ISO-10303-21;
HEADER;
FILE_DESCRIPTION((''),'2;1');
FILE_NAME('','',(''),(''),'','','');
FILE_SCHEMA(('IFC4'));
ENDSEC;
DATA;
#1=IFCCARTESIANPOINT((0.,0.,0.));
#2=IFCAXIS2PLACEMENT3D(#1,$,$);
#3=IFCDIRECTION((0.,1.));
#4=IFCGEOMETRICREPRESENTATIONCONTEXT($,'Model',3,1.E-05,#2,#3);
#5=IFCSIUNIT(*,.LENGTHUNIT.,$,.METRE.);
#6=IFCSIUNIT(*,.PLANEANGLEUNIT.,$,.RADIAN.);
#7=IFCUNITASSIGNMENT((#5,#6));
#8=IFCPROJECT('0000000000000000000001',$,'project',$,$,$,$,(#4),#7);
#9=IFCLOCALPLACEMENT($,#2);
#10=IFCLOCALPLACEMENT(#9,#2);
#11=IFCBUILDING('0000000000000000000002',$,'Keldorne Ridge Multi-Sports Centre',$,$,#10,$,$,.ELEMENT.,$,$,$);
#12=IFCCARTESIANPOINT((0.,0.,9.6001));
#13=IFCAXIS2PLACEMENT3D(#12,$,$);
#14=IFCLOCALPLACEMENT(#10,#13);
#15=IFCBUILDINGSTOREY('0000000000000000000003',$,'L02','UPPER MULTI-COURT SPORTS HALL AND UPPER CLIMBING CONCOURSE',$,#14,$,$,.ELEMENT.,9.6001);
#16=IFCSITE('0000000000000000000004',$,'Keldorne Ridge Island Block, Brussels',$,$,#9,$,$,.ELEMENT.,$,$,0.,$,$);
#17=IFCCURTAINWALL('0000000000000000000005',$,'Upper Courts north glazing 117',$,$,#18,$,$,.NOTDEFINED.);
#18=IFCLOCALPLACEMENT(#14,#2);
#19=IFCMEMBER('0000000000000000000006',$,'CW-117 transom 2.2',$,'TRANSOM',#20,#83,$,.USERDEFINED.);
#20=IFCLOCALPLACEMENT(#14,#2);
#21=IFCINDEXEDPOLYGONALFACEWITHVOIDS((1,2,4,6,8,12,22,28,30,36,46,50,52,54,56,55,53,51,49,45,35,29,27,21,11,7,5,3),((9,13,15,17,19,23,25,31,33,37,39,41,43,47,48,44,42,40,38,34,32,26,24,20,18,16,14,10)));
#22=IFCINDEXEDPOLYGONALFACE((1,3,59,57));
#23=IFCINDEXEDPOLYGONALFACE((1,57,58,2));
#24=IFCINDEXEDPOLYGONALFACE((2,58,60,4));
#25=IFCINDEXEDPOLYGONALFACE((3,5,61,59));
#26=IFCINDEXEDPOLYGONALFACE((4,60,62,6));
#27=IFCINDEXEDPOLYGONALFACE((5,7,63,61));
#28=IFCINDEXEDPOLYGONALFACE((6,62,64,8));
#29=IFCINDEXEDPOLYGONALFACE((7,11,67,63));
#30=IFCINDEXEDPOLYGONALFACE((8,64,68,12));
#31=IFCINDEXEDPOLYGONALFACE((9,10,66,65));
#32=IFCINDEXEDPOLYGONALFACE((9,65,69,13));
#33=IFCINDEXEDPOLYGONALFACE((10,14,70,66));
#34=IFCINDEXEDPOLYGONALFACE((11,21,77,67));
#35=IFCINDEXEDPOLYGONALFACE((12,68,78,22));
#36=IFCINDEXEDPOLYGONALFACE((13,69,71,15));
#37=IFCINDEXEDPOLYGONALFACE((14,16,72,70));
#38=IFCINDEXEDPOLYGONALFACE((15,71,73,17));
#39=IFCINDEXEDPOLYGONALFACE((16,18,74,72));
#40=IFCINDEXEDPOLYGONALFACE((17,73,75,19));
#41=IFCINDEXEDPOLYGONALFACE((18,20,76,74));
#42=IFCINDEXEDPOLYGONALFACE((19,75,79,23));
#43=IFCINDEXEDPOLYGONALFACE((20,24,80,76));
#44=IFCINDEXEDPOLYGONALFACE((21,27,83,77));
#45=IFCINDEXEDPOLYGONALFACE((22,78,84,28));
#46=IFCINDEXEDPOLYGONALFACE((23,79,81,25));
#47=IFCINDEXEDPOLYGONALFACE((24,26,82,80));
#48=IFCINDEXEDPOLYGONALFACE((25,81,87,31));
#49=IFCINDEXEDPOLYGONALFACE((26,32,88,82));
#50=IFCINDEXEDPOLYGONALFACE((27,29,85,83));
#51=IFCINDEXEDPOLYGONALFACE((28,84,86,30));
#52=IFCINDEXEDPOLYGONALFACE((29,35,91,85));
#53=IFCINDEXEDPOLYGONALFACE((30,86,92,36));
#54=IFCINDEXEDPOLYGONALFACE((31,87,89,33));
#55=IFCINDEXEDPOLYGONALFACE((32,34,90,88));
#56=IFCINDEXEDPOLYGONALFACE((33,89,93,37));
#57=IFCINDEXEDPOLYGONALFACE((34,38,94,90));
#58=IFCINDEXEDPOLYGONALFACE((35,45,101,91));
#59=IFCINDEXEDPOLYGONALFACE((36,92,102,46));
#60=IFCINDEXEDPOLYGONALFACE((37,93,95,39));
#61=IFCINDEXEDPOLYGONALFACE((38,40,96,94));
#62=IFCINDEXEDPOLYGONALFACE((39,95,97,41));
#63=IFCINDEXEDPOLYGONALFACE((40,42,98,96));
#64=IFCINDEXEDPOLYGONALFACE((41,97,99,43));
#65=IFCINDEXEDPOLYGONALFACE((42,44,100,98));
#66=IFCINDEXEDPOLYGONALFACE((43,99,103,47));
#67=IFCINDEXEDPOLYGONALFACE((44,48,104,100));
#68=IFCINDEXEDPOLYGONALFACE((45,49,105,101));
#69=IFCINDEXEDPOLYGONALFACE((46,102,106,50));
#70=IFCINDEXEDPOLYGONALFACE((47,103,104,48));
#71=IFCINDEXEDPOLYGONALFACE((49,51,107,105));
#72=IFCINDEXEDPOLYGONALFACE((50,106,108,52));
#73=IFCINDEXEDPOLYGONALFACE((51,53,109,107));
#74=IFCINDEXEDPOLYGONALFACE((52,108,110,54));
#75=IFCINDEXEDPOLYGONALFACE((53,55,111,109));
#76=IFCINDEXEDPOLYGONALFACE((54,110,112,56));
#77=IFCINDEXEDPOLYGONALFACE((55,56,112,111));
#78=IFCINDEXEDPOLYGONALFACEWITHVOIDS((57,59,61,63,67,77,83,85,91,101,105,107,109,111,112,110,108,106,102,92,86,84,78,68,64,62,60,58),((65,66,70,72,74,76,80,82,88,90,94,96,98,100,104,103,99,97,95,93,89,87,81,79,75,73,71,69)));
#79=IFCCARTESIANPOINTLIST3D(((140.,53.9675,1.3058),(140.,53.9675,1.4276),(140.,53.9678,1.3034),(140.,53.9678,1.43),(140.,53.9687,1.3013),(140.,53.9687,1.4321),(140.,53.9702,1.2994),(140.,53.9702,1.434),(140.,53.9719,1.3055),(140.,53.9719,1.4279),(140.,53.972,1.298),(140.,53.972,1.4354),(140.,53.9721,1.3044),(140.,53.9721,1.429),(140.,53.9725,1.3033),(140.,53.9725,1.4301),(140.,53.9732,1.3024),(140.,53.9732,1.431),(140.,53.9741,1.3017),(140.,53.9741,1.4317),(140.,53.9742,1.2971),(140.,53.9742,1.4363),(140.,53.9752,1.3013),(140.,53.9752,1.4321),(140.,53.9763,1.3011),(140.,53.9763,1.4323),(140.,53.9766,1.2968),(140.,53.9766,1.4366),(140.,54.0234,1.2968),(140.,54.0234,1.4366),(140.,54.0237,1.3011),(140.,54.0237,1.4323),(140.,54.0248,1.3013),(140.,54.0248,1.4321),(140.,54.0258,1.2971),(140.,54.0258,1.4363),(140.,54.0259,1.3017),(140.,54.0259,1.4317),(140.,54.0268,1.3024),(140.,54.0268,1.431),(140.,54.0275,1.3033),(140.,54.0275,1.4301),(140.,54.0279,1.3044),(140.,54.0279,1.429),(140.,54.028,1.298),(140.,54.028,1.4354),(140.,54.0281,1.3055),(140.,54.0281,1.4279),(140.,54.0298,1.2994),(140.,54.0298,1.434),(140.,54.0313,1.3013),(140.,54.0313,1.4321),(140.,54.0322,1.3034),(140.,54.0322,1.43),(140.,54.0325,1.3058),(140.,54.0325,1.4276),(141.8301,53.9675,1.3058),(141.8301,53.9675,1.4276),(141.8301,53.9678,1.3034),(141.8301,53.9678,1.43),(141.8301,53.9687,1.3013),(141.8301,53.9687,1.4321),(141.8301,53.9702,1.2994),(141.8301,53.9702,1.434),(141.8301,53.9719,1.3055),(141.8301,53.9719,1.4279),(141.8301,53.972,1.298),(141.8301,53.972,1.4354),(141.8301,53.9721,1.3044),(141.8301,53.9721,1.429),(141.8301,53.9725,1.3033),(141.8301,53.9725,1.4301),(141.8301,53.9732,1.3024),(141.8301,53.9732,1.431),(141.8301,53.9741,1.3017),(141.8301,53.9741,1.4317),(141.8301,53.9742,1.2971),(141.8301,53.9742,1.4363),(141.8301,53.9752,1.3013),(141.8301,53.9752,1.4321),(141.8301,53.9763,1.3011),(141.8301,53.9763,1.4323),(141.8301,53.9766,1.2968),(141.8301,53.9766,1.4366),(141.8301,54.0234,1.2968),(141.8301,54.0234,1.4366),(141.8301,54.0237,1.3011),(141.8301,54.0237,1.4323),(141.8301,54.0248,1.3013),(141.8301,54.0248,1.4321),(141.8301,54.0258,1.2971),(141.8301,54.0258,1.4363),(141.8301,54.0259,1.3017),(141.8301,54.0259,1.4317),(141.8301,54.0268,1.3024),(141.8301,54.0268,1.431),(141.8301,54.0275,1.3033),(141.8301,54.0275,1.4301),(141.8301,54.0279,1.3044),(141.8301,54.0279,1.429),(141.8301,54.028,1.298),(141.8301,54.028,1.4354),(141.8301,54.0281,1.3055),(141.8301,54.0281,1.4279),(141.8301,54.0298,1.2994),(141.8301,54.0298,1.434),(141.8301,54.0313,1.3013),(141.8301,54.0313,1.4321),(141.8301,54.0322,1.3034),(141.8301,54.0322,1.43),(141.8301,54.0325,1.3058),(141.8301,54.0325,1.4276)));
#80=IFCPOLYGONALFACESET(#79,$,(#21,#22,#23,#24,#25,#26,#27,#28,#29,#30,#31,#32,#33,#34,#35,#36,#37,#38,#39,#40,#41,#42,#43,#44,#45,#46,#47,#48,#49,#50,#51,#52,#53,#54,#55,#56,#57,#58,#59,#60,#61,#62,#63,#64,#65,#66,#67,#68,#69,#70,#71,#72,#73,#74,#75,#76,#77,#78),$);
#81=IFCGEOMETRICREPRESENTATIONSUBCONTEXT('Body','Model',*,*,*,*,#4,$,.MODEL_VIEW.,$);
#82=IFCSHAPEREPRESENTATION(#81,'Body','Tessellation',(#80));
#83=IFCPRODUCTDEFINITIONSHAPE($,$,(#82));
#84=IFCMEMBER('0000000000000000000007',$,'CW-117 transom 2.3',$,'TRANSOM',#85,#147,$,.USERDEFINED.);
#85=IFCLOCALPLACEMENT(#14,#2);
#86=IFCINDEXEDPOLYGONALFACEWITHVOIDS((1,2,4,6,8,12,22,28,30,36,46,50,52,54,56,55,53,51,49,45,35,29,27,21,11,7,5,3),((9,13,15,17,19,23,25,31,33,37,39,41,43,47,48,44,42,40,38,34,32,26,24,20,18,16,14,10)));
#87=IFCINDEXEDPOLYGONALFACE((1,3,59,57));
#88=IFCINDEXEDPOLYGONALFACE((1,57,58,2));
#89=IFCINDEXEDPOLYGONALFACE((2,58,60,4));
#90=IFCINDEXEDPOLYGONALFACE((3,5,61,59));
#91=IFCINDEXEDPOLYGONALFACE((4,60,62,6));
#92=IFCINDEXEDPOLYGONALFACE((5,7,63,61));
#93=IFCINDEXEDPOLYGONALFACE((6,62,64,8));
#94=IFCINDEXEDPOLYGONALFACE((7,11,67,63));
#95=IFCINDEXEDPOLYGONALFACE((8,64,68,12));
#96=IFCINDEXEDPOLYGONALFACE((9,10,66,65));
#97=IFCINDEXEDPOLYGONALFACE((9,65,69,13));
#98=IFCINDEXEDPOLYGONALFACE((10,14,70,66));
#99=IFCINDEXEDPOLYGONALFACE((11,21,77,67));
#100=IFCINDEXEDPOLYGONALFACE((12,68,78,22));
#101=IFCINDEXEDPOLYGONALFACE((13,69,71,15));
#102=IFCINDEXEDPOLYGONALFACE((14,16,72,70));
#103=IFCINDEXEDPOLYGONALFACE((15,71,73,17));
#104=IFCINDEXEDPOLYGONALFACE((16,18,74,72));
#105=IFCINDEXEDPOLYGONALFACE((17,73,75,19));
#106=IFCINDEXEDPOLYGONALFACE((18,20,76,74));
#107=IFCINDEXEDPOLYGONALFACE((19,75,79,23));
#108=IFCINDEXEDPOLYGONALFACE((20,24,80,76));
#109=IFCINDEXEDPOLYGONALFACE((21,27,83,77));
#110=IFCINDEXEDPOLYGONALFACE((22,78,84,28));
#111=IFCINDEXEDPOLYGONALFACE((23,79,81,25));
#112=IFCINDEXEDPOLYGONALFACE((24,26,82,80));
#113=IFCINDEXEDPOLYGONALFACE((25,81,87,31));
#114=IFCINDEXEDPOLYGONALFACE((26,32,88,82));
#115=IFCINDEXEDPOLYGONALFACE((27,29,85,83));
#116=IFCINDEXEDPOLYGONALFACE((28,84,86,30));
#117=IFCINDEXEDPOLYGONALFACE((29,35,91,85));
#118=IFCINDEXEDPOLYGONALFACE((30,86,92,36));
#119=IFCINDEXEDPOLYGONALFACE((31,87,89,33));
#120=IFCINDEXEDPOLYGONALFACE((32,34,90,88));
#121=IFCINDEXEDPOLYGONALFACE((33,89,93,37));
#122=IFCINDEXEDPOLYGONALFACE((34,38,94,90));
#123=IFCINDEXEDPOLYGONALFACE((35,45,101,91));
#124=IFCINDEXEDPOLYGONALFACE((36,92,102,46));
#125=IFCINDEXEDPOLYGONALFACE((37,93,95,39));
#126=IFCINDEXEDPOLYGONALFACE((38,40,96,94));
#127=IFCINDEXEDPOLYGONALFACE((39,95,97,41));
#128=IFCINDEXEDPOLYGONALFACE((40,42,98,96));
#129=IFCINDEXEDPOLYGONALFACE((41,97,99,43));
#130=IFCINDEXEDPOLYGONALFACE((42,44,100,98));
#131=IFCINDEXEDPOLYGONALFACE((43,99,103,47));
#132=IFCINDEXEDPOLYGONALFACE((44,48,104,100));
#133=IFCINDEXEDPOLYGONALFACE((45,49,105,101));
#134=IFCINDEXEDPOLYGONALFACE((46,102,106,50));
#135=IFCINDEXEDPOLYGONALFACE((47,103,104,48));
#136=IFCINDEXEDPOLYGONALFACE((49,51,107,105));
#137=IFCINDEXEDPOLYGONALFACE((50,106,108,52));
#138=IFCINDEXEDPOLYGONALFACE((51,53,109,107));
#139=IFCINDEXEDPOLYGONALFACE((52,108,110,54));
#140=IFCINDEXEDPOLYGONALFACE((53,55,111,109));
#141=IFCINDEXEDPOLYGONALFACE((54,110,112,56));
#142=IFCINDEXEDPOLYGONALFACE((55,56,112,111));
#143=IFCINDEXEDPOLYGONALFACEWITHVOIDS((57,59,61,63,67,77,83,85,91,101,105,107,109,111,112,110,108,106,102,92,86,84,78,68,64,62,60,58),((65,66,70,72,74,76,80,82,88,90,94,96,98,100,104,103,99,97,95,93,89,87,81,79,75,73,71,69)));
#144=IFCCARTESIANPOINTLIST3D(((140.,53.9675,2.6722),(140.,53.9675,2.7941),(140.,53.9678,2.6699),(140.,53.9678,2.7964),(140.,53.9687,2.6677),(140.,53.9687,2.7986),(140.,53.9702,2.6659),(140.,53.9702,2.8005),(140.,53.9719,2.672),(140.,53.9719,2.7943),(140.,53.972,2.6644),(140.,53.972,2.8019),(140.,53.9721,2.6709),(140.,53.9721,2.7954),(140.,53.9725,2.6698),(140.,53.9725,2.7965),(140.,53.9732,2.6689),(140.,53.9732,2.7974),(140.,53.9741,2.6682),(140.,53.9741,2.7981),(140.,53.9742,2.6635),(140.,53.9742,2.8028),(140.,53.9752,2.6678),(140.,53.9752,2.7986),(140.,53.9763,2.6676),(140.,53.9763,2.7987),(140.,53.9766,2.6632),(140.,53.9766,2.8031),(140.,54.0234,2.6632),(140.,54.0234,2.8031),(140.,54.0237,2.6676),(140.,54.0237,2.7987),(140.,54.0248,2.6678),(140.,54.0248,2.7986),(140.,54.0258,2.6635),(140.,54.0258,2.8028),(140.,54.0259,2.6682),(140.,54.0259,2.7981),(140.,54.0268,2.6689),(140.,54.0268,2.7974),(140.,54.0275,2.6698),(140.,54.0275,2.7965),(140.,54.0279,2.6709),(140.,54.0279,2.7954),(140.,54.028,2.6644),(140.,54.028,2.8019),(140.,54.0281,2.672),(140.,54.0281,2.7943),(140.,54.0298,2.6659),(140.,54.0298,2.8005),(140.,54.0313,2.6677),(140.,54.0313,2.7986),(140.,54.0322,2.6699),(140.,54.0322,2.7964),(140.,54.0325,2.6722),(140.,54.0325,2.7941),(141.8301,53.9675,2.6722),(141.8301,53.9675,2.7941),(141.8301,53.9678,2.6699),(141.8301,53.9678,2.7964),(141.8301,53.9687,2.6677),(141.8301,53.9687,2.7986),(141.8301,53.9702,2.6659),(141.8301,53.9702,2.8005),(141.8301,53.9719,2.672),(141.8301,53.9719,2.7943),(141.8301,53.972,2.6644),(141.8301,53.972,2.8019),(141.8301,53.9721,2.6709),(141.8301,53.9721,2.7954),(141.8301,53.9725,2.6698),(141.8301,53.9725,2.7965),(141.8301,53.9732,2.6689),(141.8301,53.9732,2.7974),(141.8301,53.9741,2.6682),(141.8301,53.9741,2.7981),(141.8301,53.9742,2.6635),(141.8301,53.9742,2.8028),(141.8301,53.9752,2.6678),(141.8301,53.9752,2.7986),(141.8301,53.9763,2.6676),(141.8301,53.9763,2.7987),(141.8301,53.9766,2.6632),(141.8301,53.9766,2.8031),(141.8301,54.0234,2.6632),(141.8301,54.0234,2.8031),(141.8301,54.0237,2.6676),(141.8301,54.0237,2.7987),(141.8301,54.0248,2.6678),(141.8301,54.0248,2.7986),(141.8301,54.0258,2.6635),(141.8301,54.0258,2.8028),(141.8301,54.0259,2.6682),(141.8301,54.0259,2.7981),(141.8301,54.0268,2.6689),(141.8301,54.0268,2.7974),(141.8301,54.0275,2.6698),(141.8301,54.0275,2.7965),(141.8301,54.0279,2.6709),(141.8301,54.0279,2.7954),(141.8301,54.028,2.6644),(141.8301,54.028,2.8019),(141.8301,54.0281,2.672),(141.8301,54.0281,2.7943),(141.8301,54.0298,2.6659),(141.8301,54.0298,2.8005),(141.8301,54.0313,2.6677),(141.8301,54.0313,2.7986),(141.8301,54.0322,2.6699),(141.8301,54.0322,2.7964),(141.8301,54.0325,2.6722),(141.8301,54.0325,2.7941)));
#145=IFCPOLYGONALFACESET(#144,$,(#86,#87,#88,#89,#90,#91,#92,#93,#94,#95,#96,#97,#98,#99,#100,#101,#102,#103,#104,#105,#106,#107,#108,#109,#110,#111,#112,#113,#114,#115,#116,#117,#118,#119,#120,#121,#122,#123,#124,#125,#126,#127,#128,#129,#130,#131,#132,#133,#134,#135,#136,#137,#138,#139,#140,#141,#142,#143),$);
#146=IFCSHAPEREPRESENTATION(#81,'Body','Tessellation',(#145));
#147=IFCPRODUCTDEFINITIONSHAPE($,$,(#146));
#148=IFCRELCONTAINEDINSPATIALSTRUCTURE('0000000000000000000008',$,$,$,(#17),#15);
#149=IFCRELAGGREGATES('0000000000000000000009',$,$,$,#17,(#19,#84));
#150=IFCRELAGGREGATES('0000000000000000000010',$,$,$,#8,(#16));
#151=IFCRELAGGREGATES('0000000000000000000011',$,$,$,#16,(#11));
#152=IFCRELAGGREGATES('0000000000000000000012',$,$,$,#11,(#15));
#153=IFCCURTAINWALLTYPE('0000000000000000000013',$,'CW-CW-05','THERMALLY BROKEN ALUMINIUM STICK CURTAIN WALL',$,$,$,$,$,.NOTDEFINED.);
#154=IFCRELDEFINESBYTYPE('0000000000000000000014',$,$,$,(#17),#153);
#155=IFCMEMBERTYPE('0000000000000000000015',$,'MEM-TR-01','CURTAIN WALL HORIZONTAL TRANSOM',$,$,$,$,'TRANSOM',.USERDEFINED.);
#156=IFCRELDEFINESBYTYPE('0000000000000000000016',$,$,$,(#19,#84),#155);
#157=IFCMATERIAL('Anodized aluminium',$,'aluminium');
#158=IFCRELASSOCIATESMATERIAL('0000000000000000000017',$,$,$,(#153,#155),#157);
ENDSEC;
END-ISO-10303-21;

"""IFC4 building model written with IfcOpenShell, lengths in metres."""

from ifc_helpers import new_model, si_unit, direction, frame, origin, origin_2d, place, context, subcontext, project, spatial, hollow_rectangle, extrude, material, material_profile, profile_set, type_object, element, aggregate, save


model = new_model("IFC4")

# Units and contexts
model_context = context("Model", 3, precision=1e-05, world=origin(), true_north=direction((0.0, 1.0)))
body_context = subcontext(model_context, "Body", "Model", "MODEL_VIEW")
ifc_project = project(units=[si_unit("LENGTHUNIT", "METRE"), si_unit("PLANEANGLEUNIT", "RADIAN")], contexts=[model_context])

# Site, building, storey
site_placement = place(None, origin())
site = spatial("IfcSite", under=ifc_project, at=site_placement, Name="Keldorne Ridge Island Block, Brussels", CompositionType="ELEMENT", RefElevation=0.0)
building_placement = place(site_placement, origin())
building = spatial("IfcBuilding", under=site, at=building_placement, Name="Keldorne Ridge Multi-Sports Centre", CompositionType="ELEMENT")
storey_placement = place(building_placement, frame((0.0, 0.0, 9.6001)))
storey = spatial("IfcBuildingStorey", under=building, at=storey_placement, Name="L02", Description="UPPER MULTI-COURT SPORTS HALL AND UPPER CLIMBING CONCOURSE", CompositionType="ELEMENT", Elevation=9.6001)

# Curtain wall
ifc_material_1 = material(Name="Anodized aluminium", Category="aluminium")
curtain_wall_type_1 = type_object("IfcCurtainWallType", Name="CW-CW-05", Description="THERMALLY BROKEN ALUMINIUM STICK CURTAIN WALL", PredefinedType="NOTDEFINED", material=ifc_material_1)
curtain_wall_1_placement = place(storey_placement, origin())
curtain_wall_1 = element("IfcCurtainWall", 1, at=curtain_wall_1_placement, inside=storey, type_object=curtain_wall_type_1, Name="Upper Courts north glazing 117", PredefinedType="NOTDEFINED")

# Members
ifc_material_profile_1 = material_profile(ifc_material_1, hollow_rectangle(XDim=0.0649, YDim=0.1399, WallThickness=0.0044, InnerFilletRadius=0.0044, OuterFilletRadius=0.009, at=origin_2d()), Name="ALU TRANSOM 140x65x4.5")
ifc_profile_set_1 = profile_set([ifc_material_profile_1], Name="Anodized aluminium")
member_type_1 = type_object("IfcMemberType", Name="MEM-TR-01", Description="CURTAIN WALL HORIZONTAL TRANSOM", ElementType="TRANSOM", PredefinedType="USERDEFINED", material=ifc_profile_set_1)
member_1_placement = place(storey_placement, frame((141.8301, 54.0, 1.3667), z_axis=(-1.0, 0.0, 0.0), x_axis=(0.0, -1.0, 0.0)))
member_1 = element("IfcMember", 2, at=member_1_placement, type_object=member_type_1, Name="CW-117 transom 2.2", ObjectType="TRANSOM", PredefinedType="USERDEFINED", context=body_context, shape_type="SweptSolid", body=[
    extrude(hollow_rectangle(XDim=0.0649, YDim=0.1399, WallThickness=0.0044, InnerFilletRadius=0.0044, OuterFilletRadius=0.009, at=origin_2d()), origin(), (0.0, 0.0, 1.0), 1.8301),
])
member_2_placement = place(storey_placement, frame((141.8301, 54.0, 2.7332), z_axis=(-1.0, 0.0, 0.0), x_axis=(0.0, -1.0, 0.0)))
member_2 = element("IfcMember", 3, at=member_2_placement, type_object=member_type_1, Name="CW-117 transom 2.3", ObjectType="TRANSOM", PredefinedType="USERDEFINED", context=body_context, shape_type="SweptSolid", body=[
    extrude(hollow_rectangle(XDim=0.0649, YDim=0.1399, WallThickness=0.0044, InnerFilletRadius=0.0044, OuterFilletRadius=0.009, at=origin_2d()), origin(), (0.0, 0.0, 1.0), 1.8301),
])

aggregate(curtain_wall_1, [member_1, member_2])

save(model, "model.ifc")
